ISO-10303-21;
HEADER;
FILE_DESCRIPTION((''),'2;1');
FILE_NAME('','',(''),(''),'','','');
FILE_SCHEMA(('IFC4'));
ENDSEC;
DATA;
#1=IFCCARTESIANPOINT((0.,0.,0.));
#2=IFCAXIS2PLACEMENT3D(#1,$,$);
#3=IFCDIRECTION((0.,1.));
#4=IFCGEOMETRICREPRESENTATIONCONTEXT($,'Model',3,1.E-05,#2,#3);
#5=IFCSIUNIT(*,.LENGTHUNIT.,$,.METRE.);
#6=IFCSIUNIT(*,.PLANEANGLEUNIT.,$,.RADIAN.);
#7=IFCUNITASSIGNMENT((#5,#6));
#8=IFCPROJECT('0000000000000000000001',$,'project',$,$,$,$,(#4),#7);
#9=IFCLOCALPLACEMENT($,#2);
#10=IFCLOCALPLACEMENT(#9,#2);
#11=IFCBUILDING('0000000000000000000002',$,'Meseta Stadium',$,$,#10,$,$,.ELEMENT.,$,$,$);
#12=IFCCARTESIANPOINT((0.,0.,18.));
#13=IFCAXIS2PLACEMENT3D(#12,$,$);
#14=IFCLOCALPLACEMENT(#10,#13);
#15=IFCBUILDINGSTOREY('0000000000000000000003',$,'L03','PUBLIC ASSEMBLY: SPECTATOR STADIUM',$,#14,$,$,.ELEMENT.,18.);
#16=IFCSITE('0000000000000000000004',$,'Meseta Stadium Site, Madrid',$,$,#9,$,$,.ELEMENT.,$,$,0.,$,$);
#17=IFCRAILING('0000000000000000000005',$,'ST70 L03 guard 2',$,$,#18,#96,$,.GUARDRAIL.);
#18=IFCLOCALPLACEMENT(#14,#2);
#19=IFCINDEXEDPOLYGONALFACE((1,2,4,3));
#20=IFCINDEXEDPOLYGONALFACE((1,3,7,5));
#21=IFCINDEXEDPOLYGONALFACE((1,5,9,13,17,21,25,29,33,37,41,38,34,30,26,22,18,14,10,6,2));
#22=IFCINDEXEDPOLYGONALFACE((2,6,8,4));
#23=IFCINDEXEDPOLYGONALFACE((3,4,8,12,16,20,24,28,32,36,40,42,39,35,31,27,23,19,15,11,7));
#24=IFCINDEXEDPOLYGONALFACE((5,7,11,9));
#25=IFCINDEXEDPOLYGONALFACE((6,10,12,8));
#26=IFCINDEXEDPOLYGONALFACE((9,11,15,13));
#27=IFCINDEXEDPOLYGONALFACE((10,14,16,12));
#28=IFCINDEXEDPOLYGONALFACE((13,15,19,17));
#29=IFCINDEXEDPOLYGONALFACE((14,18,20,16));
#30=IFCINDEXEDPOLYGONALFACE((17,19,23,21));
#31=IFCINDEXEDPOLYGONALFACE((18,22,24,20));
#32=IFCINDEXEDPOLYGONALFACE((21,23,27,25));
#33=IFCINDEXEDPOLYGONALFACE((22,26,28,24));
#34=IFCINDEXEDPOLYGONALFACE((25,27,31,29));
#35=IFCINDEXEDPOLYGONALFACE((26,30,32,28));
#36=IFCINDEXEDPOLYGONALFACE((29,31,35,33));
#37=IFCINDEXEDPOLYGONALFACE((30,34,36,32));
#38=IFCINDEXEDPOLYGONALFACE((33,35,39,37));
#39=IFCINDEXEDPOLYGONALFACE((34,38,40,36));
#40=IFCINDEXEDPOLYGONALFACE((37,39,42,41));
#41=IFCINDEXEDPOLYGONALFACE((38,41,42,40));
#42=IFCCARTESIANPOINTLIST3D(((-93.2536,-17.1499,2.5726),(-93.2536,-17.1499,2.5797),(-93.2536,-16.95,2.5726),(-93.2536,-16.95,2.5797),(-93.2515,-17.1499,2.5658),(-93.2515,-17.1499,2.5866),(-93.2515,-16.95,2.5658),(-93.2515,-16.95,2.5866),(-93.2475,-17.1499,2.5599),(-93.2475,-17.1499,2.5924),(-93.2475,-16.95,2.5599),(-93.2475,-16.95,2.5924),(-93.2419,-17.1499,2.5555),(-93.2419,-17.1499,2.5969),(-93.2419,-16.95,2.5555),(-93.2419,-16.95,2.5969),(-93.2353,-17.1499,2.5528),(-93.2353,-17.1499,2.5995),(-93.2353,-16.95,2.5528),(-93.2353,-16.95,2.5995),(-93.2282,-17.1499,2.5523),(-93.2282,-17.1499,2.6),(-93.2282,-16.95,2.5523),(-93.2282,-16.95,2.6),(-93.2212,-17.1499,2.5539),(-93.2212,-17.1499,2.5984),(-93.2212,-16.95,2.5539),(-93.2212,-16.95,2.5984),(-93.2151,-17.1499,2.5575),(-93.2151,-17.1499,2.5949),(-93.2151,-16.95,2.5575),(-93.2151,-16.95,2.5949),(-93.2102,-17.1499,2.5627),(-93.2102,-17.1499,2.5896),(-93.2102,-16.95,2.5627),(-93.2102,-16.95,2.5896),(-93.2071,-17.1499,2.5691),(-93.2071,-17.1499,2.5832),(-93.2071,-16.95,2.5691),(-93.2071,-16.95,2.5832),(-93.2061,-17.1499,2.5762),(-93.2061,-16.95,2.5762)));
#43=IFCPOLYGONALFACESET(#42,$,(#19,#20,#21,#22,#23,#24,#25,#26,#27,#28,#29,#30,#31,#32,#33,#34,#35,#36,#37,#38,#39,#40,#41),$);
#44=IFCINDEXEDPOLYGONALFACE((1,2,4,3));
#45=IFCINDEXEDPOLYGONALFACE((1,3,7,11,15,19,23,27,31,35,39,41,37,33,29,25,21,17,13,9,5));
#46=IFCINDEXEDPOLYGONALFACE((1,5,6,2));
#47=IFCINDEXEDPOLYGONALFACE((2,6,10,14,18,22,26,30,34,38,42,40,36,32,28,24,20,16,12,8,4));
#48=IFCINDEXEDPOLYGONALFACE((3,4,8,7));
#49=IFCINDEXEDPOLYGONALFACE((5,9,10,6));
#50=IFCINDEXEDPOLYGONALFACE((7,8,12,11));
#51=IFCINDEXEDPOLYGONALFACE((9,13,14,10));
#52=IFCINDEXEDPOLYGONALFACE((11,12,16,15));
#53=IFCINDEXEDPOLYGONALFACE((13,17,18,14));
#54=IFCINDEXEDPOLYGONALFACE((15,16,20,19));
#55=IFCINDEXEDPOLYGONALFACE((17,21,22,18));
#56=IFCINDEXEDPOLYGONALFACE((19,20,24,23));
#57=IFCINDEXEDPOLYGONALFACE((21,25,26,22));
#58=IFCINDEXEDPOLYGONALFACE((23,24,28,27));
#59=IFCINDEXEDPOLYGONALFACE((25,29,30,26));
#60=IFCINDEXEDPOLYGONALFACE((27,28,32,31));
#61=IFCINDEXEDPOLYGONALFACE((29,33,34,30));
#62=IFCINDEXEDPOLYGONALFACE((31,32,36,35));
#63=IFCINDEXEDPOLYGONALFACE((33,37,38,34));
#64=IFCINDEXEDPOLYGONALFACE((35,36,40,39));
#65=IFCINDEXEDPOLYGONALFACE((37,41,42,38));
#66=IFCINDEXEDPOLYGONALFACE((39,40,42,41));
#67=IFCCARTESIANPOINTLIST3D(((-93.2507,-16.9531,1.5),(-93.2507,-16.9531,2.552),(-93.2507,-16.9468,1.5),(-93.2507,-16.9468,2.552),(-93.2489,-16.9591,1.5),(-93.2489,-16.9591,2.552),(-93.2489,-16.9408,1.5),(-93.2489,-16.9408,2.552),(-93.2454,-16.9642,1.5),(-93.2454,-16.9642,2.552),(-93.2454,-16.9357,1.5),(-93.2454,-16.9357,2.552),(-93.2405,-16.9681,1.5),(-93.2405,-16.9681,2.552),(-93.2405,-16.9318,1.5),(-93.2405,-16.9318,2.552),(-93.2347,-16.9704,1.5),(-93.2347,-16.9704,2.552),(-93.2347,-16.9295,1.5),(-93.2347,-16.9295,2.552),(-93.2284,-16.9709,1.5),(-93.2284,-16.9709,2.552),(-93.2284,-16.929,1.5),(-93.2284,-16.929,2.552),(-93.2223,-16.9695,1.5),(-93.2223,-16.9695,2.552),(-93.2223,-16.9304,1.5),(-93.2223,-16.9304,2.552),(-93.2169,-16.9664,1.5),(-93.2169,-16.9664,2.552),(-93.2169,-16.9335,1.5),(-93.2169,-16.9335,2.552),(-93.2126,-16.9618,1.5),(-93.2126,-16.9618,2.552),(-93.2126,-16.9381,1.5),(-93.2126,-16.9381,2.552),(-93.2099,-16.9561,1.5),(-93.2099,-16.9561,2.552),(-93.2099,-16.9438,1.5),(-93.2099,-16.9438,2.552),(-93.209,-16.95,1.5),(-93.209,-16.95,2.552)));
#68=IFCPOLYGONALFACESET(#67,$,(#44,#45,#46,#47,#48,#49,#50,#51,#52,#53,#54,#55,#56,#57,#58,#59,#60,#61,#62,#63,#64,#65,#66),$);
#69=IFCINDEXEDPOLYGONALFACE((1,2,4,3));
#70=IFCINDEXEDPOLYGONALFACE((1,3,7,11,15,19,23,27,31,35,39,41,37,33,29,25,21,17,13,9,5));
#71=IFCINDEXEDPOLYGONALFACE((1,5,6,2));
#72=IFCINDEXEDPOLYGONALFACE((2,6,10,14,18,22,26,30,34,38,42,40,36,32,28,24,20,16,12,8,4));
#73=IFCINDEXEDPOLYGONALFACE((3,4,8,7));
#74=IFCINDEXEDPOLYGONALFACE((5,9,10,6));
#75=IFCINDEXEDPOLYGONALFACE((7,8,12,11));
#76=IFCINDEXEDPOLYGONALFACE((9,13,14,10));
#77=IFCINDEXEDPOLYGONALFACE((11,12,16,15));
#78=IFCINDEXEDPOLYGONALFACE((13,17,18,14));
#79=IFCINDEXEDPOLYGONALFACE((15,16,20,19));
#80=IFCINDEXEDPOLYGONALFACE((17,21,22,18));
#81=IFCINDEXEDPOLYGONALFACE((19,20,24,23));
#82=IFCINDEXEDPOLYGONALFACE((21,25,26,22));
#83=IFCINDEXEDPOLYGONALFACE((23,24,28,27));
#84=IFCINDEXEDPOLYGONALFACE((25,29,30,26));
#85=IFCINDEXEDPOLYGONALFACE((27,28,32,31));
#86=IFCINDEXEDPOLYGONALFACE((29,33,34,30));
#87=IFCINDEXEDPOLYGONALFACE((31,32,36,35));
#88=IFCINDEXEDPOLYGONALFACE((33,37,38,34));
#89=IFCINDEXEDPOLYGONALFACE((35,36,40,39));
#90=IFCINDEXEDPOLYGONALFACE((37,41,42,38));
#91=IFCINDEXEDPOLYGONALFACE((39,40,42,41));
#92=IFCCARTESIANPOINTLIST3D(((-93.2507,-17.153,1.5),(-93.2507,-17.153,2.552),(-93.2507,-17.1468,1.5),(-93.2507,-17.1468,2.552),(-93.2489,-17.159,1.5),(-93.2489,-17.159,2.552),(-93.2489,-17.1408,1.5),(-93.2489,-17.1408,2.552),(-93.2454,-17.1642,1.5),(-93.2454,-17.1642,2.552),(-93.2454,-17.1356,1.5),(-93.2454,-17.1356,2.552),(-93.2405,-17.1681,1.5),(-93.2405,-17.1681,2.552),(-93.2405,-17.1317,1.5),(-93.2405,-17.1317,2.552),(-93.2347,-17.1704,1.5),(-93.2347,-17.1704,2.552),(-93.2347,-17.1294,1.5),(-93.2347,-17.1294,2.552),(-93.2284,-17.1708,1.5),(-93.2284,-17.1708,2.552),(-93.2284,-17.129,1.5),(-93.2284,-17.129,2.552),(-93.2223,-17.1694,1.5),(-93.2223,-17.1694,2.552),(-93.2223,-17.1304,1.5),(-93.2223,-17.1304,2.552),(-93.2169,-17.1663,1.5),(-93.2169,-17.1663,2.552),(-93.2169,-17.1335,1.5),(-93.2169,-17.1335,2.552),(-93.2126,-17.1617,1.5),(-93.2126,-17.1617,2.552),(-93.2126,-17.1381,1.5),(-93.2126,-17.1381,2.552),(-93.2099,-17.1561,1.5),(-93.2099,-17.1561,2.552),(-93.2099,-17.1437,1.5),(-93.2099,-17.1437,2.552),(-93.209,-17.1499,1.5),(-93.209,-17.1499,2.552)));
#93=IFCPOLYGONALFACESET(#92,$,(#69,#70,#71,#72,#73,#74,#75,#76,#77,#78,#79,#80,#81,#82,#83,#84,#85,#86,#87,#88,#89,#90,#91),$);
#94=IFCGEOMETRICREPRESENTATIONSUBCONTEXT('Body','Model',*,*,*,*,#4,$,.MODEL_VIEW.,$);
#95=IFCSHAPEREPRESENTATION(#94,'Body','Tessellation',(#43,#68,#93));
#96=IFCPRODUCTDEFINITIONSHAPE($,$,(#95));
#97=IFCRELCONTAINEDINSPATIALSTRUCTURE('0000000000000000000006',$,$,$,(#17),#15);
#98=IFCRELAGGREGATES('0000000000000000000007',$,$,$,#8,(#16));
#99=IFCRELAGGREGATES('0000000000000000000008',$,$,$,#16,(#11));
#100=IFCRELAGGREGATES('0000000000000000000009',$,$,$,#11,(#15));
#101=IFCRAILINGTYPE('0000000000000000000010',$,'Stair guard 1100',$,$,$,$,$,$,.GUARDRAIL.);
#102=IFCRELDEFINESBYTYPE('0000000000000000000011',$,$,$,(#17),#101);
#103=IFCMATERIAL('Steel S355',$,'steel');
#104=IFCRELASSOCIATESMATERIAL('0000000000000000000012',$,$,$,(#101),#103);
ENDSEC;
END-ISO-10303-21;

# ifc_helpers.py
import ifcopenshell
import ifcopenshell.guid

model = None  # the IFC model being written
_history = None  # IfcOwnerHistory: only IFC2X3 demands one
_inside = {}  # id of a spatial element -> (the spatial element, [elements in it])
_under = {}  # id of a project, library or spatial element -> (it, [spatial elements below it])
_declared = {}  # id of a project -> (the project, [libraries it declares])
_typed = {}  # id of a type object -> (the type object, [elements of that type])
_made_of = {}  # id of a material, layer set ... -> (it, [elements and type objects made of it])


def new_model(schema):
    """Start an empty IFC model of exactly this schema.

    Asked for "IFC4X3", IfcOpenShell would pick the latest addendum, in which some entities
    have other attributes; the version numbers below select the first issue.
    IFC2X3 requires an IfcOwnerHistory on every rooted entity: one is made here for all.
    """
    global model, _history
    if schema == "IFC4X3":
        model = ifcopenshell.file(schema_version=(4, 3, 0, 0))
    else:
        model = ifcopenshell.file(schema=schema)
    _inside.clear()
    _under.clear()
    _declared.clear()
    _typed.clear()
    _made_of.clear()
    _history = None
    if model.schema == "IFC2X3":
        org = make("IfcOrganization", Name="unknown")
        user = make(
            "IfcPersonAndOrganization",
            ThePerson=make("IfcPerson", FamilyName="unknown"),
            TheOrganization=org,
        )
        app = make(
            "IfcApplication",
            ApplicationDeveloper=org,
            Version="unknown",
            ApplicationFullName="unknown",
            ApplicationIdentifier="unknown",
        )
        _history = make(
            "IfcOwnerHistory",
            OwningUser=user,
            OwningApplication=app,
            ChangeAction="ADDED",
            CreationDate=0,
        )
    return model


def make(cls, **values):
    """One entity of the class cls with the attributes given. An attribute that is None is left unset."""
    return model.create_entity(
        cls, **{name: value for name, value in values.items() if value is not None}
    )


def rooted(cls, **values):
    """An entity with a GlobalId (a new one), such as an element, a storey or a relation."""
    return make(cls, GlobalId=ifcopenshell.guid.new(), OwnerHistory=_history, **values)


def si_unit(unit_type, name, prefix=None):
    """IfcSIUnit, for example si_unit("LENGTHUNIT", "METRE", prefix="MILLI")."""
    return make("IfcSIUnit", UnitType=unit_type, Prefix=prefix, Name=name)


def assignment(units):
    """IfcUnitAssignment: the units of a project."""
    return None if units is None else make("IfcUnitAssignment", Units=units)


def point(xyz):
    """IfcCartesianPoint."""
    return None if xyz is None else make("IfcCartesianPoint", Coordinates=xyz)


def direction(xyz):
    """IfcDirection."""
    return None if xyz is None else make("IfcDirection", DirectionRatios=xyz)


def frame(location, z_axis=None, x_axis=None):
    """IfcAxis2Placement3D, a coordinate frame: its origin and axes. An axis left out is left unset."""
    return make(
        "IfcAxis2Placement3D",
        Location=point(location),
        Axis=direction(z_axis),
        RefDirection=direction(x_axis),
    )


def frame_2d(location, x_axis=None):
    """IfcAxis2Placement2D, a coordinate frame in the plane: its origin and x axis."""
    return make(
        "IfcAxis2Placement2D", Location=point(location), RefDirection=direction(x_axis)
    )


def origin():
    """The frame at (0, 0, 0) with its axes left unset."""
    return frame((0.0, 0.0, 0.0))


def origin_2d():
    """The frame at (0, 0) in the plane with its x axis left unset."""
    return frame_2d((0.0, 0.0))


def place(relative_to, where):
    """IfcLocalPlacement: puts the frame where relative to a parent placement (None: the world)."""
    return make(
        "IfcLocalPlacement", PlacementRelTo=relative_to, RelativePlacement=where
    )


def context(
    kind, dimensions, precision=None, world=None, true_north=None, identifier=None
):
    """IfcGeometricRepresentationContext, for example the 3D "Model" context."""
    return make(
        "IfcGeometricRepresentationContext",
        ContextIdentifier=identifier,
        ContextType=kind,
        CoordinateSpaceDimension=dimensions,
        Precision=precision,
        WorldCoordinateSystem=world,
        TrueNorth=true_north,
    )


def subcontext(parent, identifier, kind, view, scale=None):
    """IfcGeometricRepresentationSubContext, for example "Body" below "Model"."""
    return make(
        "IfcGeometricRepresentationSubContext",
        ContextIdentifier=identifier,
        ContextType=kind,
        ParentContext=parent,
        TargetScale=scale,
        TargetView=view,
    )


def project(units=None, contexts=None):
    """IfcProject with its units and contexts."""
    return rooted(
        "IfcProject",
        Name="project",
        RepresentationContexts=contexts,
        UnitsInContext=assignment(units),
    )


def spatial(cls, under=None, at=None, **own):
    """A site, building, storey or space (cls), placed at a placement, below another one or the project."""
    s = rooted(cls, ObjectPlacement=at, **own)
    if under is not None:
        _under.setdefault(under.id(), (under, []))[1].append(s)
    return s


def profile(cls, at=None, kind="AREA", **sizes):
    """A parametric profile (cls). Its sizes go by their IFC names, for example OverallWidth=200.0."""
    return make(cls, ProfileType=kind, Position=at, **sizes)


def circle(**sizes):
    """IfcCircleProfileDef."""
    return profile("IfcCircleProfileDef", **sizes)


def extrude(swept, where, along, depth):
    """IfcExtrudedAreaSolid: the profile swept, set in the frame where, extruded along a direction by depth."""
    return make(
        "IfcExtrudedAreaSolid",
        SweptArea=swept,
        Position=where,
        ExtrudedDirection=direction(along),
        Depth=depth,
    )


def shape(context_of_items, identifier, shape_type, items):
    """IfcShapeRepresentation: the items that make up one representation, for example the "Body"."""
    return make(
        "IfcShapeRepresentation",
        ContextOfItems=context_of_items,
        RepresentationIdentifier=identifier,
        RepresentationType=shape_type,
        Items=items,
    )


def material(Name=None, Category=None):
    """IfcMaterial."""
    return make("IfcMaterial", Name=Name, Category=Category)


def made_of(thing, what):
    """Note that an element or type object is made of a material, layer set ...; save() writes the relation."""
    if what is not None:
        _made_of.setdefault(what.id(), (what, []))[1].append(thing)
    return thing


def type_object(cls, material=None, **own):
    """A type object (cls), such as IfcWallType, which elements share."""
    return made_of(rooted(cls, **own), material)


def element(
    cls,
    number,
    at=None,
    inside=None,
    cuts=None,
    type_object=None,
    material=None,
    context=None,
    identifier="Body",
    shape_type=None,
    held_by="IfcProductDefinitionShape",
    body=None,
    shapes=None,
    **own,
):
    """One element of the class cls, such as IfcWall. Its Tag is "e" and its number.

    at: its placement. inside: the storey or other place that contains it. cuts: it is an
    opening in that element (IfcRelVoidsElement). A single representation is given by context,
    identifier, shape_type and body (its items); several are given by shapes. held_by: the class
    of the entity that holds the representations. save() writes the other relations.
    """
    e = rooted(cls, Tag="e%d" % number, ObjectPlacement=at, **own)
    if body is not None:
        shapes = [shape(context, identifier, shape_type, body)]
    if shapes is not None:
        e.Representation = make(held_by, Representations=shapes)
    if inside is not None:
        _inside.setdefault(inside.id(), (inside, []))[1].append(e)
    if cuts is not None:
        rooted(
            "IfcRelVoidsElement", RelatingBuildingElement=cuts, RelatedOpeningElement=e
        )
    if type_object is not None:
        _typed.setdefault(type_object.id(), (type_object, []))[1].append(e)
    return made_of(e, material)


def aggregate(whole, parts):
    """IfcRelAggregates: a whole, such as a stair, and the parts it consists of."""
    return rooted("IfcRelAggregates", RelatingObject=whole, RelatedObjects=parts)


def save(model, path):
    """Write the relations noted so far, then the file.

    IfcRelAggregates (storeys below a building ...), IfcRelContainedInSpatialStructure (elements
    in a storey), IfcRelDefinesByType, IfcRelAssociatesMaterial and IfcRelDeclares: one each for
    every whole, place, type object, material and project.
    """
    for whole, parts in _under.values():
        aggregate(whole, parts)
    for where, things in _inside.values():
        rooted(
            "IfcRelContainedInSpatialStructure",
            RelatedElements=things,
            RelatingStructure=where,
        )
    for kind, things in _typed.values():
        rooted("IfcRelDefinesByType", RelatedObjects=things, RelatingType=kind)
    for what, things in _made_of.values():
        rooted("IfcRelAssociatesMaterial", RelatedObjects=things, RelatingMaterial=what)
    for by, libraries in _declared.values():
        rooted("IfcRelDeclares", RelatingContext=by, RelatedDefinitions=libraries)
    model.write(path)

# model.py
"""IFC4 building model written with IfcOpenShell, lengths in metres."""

from ifc_helpers import new_model, si_unit, direction, frame, origin, origin_2d, place, context, subcontext, project, spatial, circle, extrude, material, type_object, element, save


model = new_model("IFC4")

# Units and contexts
model_context = context("Model", 3, precision=1e-05, world=origin(), true_north=direction((0.0, 1.0)))
body_context = subcontext(model_context, "Body", "Model", "MODEL_VIEW")
ifc_project = project(units=[si_unit("LENGTHUNIT", "METRE"), si_unit("PLANEANGLEUNIT", "RADIAN")], contexts=[model_context])

# Site, building, storey
site_placement = place(None, origin())
site = spatial("IfcSite", under=ifc_project, at=site_placement, Name="Meseta Stadium Site, Madrid", CompositionType="ELEMENT", RefElevation=0.0)
building_placement = place(site_placement, origin())
building = spatial("IfcBuilding", under=site, at=building_placement, Name="Meseta Stadium", CompositionType="ELEMENT")
storey_placement = place(building_placement, frame((0.0, 0.0, 18.0)))
storey = spatial("IfcBuildingStorey", under=building, at=storey_placement, Name="L03", Description="PUBLIC ASSEMBLY: SPECTATOR STADIUM", CompositionType="ELEMENT", Elevation=18.0)

# Railing
ifc_material_1 = material(Name="Steel S355", Category="steel")
railing_type_1 = type_object("IfcRailingType", Name="Stair guard 1100", PredefinedType="GUARDRAIL", material=ifc_material_1)
for number, where, name in (
    (1, (-93.23, -16.95, 1.5), "ST70 L03 guard 2"),
):
    element("IfcRailing", number, at=place(storey_placement, frame(where)), inside=storey, type_object=railing_type_1, Name=name, PredefinedType="GUARDRAIL", context=body_context, shape_type="SweptSolid", body=[
        extrude(circle(Radius=0.0239, at=origin_2d()), frame((0.0, 0.0, 1.0762), z_axis=(0.0, -1.0, 0.0), x_axis=(1.0, 0.0, 0.0)), (0.0, 0.0, 1.0), 0.2),
        extrude(circle(Radius=0.021, at=origin_2d()), origin(), (0.0, 0.0, 1.0), 1.052),
        extrude(circle(Radius=0.021, at=origin_2d()), frame((0.0, -0.2, 0.0)), (0.0, 0.0, 1.0), 1.052),
    ])

save(model, "model.ifc")
